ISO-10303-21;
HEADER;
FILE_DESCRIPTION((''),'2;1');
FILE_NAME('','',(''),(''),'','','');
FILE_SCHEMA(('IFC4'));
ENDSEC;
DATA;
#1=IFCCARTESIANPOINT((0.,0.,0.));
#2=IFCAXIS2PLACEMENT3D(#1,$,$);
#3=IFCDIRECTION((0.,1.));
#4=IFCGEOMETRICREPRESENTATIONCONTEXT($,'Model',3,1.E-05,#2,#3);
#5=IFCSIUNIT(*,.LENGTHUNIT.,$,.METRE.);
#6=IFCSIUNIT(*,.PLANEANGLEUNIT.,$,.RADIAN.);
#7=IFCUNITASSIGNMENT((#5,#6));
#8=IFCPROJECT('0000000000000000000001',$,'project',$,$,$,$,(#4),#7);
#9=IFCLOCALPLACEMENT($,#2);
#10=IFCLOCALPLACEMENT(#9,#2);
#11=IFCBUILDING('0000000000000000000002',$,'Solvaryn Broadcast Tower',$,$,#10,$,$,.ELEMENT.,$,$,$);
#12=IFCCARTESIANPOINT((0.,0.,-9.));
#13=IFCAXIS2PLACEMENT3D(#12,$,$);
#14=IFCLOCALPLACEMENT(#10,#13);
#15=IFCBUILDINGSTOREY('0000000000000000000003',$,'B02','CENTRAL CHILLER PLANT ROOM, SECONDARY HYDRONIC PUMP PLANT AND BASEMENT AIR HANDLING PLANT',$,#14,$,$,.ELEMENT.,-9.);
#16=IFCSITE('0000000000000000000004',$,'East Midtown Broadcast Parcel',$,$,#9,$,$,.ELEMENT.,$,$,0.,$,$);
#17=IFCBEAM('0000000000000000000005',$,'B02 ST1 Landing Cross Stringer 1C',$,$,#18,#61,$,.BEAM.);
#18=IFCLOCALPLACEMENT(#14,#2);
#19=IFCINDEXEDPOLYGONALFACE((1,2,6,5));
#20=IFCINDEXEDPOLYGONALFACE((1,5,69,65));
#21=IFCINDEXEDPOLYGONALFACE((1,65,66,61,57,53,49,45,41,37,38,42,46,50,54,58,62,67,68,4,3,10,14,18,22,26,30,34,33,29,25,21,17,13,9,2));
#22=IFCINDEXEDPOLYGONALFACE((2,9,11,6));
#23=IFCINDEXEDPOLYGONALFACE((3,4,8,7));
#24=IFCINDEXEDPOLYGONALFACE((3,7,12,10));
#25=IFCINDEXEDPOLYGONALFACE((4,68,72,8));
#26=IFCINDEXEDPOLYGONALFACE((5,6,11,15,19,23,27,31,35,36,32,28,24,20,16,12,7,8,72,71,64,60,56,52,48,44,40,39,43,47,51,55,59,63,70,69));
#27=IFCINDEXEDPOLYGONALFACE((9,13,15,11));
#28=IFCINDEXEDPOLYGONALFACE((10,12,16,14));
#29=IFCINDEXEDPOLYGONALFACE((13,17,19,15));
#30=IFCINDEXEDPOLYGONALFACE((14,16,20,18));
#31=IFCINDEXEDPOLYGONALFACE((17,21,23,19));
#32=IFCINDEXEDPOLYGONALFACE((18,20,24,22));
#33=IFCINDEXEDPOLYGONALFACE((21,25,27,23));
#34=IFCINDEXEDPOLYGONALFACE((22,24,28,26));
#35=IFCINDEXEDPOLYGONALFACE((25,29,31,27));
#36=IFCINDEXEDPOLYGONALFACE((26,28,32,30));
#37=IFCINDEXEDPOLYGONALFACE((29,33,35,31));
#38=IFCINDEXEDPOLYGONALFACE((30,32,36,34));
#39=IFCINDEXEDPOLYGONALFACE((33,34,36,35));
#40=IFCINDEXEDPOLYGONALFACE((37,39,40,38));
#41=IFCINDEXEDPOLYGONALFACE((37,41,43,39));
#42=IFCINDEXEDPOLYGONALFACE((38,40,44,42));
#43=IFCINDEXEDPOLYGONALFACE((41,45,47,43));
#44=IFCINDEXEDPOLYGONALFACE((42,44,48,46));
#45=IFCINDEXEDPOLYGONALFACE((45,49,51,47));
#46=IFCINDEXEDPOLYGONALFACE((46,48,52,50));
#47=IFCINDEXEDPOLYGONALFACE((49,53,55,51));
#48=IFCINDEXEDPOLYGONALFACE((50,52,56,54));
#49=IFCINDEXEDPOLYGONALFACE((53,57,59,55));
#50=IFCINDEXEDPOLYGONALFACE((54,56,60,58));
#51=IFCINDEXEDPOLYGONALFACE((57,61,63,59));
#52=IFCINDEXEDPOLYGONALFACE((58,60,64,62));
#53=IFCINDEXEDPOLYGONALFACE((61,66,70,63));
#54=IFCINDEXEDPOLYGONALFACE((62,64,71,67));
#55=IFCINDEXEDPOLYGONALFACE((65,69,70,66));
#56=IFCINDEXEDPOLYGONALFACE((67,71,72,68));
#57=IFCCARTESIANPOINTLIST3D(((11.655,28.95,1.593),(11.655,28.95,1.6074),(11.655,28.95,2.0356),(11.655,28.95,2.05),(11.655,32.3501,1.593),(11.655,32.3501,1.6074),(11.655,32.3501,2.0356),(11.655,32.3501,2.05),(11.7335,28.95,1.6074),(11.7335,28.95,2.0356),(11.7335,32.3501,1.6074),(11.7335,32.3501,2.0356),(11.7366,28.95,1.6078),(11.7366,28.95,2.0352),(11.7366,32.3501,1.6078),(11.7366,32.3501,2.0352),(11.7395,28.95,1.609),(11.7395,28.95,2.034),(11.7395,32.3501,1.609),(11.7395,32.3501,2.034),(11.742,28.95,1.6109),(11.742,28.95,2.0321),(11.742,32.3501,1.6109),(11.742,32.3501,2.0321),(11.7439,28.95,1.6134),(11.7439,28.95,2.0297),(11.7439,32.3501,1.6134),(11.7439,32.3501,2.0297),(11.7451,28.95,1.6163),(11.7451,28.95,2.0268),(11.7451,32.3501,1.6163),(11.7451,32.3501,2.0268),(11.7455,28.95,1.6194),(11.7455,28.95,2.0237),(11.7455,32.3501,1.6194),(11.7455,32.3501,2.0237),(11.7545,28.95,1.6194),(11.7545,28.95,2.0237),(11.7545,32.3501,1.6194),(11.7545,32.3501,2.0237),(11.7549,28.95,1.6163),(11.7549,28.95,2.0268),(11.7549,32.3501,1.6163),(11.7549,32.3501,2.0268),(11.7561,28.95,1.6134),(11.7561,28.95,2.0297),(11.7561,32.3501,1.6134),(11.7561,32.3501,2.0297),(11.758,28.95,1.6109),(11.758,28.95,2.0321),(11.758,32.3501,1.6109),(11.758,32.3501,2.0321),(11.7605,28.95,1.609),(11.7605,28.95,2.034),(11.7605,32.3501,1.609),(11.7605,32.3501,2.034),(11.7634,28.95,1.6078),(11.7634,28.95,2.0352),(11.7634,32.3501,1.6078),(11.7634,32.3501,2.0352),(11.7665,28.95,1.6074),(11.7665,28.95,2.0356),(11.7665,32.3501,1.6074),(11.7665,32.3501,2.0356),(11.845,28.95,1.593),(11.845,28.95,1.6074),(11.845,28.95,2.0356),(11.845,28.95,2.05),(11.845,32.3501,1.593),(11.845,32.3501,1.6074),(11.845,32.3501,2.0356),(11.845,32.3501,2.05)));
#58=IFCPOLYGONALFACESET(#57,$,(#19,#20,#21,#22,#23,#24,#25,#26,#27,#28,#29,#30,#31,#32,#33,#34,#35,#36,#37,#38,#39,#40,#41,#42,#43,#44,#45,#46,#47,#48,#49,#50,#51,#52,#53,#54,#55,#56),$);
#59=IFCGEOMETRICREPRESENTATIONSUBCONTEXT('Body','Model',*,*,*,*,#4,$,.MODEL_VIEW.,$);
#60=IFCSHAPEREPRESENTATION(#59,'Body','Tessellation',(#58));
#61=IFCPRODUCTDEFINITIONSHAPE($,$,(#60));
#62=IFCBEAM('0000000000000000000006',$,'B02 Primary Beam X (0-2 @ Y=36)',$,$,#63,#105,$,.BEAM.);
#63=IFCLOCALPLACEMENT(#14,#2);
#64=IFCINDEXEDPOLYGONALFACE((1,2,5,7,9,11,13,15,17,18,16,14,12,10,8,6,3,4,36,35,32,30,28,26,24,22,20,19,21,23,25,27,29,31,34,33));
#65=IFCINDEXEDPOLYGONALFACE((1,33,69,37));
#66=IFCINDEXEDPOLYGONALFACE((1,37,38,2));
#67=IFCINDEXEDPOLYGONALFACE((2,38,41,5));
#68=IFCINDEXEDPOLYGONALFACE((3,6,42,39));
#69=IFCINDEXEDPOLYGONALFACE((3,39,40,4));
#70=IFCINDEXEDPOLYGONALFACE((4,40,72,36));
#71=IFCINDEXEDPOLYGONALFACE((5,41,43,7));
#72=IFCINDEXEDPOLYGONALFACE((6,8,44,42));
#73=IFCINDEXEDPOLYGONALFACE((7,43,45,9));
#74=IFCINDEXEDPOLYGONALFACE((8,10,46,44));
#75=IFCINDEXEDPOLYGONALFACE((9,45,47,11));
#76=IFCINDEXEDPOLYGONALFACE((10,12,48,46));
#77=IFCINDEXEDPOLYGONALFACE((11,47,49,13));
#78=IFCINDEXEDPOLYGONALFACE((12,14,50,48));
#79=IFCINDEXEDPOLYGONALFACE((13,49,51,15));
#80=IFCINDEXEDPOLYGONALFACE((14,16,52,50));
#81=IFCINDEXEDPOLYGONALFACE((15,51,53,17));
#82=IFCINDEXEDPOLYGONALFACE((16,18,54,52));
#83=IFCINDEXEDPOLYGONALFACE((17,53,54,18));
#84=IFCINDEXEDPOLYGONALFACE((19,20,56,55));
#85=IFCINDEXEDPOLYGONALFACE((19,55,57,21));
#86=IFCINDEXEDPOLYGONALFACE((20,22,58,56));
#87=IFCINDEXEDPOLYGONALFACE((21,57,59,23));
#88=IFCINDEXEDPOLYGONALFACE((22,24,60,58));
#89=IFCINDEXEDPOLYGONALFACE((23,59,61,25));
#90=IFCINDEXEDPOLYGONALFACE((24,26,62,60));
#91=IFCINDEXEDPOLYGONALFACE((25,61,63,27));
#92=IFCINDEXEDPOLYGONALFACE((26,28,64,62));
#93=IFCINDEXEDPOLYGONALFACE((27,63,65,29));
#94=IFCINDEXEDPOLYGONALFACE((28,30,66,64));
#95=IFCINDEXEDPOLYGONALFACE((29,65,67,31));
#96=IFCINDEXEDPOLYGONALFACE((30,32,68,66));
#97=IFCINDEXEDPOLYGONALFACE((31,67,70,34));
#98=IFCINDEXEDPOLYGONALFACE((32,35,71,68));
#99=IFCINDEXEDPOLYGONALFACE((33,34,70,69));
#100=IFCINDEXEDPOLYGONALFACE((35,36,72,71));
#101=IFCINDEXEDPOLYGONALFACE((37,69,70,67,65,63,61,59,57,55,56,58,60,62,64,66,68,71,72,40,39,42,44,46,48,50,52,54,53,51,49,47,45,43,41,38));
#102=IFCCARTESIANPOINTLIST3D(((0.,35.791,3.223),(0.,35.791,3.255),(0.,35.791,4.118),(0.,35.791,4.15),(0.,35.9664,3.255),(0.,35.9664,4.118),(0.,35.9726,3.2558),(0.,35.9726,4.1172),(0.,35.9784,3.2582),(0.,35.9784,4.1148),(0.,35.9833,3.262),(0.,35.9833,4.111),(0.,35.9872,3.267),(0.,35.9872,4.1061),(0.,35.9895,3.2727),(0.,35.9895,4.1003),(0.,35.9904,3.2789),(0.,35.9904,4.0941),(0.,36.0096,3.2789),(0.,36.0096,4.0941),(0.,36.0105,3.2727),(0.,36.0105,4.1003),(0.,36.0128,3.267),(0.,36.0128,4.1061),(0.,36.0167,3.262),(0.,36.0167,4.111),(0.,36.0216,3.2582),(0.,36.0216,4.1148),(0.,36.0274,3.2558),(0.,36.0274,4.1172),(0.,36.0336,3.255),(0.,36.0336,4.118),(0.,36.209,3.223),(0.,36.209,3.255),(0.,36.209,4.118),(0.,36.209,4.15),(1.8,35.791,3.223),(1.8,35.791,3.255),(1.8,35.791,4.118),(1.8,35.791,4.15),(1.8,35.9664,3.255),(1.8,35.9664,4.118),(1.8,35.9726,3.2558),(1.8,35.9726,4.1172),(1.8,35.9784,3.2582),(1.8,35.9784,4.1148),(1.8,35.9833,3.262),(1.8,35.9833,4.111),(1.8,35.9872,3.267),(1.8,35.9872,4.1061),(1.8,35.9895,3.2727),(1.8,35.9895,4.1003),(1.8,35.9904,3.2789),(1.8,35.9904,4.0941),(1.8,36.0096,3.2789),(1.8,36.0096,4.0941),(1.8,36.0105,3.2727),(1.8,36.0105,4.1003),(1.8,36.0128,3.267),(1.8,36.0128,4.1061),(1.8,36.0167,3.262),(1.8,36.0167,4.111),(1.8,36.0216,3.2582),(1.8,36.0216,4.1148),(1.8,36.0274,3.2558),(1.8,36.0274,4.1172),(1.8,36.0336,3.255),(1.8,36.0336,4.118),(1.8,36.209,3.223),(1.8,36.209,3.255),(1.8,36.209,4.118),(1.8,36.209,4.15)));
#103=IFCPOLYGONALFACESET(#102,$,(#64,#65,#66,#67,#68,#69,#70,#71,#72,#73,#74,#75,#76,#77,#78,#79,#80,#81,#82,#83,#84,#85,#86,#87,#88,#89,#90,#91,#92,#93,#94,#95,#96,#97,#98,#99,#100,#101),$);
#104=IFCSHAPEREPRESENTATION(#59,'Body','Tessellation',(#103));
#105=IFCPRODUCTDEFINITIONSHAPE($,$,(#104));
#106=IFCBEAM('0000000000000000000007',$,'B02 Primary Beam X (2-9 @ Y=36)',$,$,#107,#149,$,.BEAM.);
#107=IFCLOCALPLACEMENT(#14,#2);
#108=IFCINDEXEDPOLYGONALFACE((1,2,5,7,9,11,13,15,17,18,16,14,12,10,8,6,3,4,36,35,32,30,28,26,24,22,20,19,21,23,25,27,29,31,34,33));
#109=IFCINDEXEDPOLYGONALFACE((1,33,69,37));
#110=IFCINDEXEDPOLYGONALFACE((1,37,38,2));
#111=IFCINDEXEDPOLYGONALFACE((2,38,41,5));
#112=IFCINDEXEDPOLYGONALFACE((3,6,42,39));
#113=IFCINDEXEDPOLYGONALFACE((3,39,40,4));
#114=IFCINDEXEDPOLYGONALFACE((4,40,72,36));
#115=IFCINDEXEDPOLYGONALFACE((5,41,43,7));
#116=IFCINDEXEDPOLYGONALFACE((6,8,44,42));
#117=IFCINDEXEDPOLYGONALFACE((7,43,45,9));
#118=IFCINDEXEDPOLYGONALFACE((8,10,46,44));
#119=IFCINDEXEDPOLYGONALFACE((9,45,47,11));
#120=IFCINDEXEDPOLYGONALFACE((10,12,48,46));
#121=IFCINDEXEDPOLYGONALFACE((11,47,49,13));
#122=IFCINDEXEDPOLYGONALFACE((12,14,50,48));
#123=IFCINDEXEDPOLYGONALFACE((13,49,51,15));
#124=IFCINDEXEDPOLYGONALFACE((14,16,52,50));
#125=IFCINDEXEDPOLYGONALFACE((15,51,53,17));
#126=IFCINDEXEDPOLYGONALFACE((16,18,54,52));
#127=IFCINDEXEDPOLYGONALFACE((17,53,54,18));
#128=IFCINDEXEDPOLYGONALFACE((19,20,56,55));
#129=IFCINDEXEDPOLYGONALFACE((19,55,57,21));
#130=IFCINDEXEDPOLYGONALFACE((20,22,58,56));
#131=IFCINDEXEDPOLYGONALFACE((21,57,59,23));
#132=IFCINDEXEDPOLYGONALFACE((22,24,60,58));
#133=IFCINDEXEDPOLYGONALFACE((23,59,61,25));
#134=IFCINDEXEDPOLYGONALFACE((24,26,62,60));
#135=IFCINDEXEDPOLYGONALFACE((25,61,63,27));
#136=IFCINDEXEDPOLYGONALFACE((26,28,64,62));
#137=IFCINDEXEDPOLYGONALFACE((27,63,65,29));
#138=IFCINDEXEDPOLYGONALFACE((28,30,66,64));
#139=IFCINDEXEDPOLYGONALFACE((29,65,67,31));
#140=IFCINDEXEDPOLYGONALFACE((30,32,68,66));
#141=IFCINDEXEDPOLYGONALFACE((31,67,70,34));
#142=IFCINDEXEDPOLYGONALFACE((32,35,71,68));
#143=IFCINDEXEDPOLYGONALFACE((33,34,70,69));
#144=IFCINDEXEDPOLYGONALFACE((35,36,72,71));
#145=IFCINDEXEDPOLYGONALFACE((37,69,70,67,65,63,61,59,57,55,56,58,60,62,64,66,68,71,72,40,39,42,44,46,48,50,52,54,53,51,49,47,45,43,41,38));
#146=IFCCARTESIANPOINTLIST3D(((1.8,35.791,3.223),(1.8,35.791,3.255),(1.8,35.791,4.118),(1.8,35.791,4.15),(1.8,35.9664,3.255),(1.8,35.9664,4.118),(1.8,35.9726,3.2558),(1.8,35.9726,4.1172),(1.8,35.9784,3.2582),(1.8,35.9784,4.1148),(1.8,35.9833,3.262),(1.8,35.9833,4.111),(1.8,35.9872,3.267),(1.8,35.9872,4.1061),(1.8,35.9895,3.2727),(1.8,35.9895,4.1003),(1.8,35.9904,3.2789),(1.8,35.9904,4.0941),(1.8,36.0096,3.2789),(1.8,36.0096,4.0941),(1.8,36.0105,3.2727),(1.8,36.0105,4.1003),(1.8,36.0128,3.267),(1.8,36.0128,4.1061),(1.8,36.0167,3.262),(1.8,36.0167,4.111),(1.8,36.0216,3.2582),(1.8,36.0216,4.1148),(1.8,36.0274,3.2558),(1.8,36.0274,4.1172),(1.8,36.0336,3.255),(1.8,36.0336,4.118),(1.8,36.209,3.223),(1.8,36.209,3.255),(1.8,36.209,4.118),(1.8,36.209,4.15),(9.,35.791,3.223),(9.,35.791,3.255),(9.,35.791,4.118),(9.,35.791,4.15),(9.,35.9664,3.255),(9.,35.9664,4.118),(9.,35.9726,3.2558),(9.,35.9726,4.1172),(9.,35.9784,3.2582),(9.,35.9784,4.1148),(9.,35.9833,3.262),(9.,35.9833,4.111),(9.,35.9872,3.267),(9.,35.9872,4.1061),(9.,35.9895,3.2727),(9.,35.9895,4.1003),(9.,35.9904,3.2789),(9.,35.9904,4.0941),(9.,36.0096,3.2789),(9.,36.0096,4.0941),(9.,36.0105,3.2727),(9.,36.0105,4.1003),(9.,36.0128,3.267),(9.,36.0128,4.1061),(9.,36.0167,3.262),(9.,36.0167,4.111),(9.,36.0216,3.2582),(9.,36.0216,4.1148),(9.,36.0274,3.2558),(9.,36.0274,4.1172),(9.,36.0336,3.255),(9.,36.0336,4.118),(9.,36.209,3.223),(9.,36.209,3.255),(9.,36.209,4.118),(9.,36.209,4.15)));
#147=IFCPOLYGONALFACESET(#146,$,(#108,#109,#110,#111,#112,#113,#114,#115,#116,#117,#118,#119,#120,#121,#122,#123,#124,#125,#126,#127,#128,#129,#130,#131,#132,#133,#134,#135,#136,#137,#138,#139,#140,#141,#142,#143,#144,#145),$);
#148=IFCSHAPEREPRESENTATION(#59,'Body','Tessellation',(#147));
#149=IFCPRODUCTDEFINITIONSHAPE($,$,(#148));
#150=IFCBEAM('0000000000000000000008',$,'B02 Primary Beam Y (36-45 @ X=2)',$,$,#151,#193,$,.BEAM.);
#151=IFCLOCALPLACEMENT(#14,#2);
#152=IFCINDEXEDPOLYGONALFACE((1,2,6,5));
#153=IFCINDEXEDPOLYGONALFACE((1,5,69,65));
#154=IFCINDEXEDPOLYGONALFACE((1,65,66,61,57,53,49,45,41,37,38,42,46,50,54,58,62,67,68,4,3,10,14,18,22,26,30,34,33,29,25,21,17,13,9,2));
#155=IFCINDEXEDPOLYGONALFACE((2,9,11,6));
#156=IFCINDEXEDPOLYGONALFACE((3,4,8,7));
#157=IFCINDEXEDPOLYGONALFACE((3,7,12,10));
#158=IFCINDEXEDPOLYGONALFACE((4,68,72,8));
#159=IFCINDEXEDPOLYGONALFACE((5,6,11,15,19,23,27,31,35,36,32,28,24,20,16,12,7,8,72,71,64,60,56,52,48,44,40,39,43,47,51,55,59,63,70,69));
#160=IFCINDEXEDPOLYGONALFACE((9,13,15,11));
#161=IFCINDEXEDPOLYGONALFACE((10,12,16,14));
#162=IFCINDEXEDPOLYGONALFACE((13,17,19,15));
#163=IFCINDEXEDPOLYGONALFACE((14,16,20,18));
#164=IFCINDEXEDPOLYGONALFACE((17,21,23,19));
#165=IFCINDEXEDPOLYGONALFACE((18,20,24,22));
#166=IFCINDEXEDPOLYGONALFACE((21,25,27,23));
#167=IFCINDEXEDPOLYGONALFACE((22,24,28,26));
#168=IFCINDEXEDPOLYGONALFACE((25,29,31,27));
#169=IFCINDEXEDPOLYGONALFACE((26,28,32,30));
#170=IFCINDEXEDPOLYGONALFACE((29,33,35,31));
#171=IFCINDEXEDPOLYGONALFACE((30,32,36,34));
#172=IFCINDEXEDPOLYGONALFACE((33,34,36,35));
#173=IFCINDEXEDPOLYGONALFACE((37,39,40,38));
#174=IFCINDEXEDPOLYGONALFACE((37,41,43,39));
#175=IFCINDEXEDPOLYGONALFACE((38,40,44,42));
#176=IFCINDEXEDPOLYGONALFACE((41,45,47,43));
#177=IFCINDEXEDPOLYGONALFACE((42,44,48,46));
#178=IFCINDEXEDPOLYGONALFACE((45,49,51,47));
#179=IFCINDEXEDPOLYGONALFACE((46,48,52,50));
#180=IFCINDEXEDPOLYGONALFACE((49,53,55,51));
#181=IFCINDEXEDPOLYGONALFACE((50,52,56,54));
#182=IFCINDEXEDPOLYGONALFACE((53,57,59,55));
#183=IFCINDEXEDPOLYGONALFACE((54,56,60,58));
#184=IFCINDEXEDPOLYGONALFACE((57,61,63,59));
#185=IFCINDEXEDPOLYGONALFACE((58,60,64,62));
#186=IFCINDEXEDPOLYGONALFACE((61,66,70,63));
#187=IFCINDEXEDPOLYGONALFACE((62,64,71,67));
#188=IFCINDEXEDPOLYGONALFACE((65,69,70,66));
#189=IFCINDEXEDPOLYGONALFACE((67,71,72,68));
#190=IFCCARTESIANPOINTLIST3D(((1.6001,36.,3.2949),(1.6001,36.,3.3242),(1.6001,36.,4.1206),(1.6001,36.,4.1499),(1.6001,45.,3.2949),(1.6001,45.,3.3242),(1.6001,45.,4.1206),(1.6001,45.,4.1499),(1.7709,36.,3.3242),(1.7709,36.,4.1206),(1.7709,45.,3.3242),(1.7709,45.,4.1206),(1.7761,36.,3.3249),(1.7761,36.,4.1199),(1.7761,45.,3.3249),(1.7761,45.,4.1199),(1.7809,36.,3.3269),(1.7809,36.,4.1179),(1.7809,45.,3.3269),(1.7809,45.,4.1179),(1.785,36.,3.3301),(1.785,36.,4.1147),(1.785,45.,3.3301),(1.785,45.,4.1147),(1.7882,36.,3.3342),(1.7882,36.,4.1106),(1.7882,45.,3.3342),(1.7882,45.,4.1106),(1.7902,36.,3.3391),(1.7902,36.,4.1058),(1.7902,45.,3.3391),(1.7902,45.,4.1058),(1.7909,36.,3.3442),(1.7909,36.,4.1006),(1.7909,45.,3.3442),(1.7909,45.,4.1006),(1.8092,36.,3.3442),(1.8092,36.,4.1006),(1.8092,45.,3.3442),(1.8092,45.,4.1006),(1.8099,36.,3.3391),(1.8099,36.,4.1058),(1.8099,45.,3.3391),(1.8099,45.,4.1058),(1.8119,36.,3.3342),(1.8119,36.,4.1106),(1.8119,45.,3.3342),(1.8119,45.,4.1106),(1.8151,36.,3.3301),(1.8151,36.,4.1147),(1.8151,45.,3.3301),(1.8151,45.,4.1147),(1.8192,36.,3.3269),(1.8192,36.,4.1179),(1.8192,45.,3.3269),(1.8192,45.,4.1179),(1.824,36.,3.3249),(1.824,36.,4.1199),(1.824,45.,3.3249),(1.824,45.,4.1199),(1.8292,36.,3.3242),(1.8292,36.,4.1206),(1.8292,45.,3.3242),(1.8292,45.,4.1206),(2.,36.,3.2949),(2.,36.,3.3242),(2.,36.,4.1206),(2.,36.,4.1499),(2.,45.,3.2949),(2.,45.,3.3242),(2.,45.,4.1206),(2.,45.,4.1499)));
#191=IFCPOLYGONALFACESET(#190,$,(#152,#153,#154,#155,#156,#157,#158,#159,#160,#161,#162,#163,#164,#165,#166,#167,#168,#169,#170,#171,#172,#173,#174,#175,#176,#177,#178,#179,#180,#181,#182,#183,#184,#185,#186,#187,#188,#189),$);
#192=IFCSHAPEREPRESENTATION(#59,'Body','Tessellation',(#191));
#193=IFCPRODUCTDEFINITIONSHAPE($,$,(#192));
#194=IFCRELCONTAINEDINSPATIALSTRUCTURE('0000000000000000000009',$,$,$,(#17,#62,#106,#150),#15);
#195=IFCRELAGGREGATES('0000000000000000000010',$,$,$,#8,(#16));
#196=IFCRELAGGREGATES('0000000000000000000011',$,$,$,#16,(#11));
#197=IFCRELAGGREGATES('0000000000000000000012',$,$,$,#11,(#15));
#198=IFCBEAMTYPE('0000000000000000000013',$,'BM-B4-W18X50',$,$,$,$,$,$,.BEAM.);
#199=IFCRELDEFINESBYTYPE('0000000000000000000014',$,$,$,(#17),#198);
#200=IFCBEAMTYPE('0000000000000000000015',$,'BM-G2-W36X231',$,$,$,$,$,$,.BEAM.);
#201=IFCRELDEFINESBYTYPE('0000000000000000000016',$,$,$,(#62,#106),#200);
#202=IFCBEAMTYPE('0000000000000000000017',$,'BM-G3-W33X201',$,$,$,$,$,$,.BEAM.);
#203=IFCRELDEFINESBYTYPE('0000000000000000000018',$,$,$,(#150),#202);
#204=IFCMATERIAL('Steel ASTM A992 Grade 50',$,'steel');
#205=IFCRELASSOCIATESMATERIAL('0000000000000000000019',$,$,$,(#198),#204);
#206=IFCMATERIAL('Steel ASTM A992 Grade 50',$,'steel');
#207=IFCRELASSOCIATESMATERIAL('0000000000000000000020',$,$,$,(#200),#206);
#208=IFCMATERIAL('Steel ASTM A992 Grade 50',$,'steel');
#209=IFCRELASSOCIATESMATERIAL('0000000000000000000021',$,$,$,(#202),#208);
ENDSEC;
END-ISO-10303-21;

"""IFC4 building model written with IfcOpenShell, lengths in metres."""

from ifc_helpers import new_model, si_unit, direction, frame, origin, origin_2d, place, context, subcontext, project, spatial, i_section, extrude, material, material_profile, profile_set, type_object, element, save


model = new_model("IFC4")

# Units and contexts
model_context = context("Model", 3, precision=1e-05, world=origin(), true_north=direction((0.0, 1.0)))
body_context = subcontext(model_context, "Body", "Model", "MODEL_VIEW")
ifc_project = project(units=[si_unit("LENGTHUNIT", "METRE"), si_unit("PLANEANGLEUNIT", "RADIAN")], contexts=[model_context])

# Site, building, storey
site_placement = place(None, origin())
site = spatial("IfcSite", under=ifc_project, at=site_placement, Name="East Midtown Broadcast Parcel", CompositionType="ELEMENT", RefElevation=0.0)
building_placement = place(site_placement, origin())
building = spatial("IfcBuilding", under=site, at=building_placement, Name="Solvaryn Broadcast Tower", CompositionType="ELEMENT")
storey_placement = place(building_placement, frame((0.0, 0.0, -9.0)))
storey = spatial("IfcBuildingStorey", under=building, at=storey_placement, Name="B02", Description="CENTRAL CHILLER PLANT ROOM, SECONDARY HYDRONIC PUMP PLANT AND BASEMENT AIR HANDLING PLANT", CompositionType="ELEMENT", Elevation=-9.0)

# Beams
ifc_material_1 = material(Name="Steel ASTM A992 Grade 50", Category="steel")
ifc_material_profile_1 = material_profile(ifc_material_1, i_section(OverallWidth=0.1899, OverallDepth=0.457, WebThickness=0.009, FlangeThickness=0.0144, FilletRadius=0.012, at=origin_2d()))
ifc_profile_set_1 = profile_set([ifc_material_profile_1], Name="Steel ASTM A992 Grade 50")
beam_type_1 = type_object("IfcBeamType", Name="BM-B4-W18X50", PredefinedType="BEAM", material=ifc_profile_set_1)
beam_1_placement = place(storey_placement, frame((11.75, 28.95, 1.8215), z_axis=(0.0, 1.0, 0.0), x_axis=(-1.0, 0.0, 0.0)))
element("IfcBeam", 1, at=beam_1_placement, inside=storey, type_object=beam_type_1, Name="B02 ST1 Landing Cross Stringer 1C", PredefinedType="BEAM", context=body_context, shape_type="SweptSolid", body=[
    extrude(i_section(OverallWidth=0.1899, OverallDepth=0.457, WebThickness=0.009, FlangeThickness=0.0144, FilletRadius=0.012, at=origin_2d()), origin(), (0.0, 0.0, 1.0), 3.4001),
])
ifc_material_2 = material(Name="Steel ASTM A992 Grade 50", Category="steel")
ifc_material_profile_2 = material_profile(ifc_material_2, i_section(OverallWidth=0.418, OverallDepth=0.927, WebThickness=0.0193, FlangeThickness=0.032, FilletRadius=0.0239, at=origin_2d()))
ifc_profile_set_2 = profile_set([ifc_material_profile_2], Name="Steel ASTM A992 Grade 50")
beam_type_2 = type_object("IfcBeamType", Name="BM-G2-W36X231", PredefinedType="BEAM", material=ifc_profile_set_2)
beam_2_placement = place(storey_placement, frame((0.0, 36.0, 3.6865), z_axis=(1.0, 0.0, 0.0), x_axis=(0.0, 1.0, 0.0)))
element("IfcBeam", 2, at=beam_2_placement, inside=storey, type_object=beam_type_2, Name="B02 Primary Beam X (0-2 @ Y=36)", PredefinedType="BEAM", context=body_context, shape_type="SweptSolid", body=[
    extrude(i_section(OverallWidth=0.418, OverallDepth=0.927, WebThickness=0.0193, FlangeThickness=0.032, FilletRadius=0.0239, at=origin_2d()), origin(), (0.0, 0.0, 1.0), 1.8),
])
beam_3_placement = place(storey_placement, frame((1.8, 36.0, 3.6865), z_axis=(1.0, 0.0, 0.0), x_axis=(0.0, 1.0, 0.0)))
element("IfcBeam", 3, at=beam_3_placement, inside=storey, type_object=beam_type_2, Name="B02 Primary Beam X (2-9 @ Y=36)", PredefinedType="BEAM", context=body_context, shape_type="SweptSolid", body=[
    extrude(i_section(OverallWidth=0.418, OverallDepth=0.927, WebThickness=0.0193, FlangeThickness=0.032, FilletRadius=0.0239, at=origin_2d()), origin(), (0.0, 0.0, 1.0), 7.2),
])
ifc_material_3 = material(Name="Steel ASTM A992 Grade 50", Category="steel")
ifc_material_profile_3 = material_profile(ifc_material_3, i_section(OverallWidth=0.3999, OverallDepth=0.855, WebThickness=0.0183, FlangeThickness=0.0293, FilletRadius=0.02, at=origin_2d()))
ifc_profile_set_3 = profile_set([ifc_material_profile_3], Name="Steel ASTM A992 Grade 50")
beam_type_3 = type_object("IfcBeamType", Name="BM-G3-W33X201", PredefinedType="BEAM", material=ifc_profile_set_3)
for number, where, z_axis, x_axis, name in (
    (4, (1.8, 36.0, 3.7224), (0.0, 1.0, 0.0), (-1.0, 0.0, 0.0), "B02 Primary Beam Y (36-45 @ X=2)"),
):
    element("IfcBeam", number, at=place(storey_placement, frame(where, z_axis=z_axis, x_axis=x_axis)), inside=storey, type_object=beam_type_3, Name=name, PredefinedType="BEAM", context=body_context, shape_type="SweptSolid", body=[
        extrude(i_section(OverallWidth=0.3999, OverallDepth=0.855, WebThickness=0.0183, FlangeThickness=0.0293, FilletRadius=0.02, at=origin_2d()), origin(), (0.0, 0.0, 1.0), 9.0),
    ])

save(model, "model.ifc")
